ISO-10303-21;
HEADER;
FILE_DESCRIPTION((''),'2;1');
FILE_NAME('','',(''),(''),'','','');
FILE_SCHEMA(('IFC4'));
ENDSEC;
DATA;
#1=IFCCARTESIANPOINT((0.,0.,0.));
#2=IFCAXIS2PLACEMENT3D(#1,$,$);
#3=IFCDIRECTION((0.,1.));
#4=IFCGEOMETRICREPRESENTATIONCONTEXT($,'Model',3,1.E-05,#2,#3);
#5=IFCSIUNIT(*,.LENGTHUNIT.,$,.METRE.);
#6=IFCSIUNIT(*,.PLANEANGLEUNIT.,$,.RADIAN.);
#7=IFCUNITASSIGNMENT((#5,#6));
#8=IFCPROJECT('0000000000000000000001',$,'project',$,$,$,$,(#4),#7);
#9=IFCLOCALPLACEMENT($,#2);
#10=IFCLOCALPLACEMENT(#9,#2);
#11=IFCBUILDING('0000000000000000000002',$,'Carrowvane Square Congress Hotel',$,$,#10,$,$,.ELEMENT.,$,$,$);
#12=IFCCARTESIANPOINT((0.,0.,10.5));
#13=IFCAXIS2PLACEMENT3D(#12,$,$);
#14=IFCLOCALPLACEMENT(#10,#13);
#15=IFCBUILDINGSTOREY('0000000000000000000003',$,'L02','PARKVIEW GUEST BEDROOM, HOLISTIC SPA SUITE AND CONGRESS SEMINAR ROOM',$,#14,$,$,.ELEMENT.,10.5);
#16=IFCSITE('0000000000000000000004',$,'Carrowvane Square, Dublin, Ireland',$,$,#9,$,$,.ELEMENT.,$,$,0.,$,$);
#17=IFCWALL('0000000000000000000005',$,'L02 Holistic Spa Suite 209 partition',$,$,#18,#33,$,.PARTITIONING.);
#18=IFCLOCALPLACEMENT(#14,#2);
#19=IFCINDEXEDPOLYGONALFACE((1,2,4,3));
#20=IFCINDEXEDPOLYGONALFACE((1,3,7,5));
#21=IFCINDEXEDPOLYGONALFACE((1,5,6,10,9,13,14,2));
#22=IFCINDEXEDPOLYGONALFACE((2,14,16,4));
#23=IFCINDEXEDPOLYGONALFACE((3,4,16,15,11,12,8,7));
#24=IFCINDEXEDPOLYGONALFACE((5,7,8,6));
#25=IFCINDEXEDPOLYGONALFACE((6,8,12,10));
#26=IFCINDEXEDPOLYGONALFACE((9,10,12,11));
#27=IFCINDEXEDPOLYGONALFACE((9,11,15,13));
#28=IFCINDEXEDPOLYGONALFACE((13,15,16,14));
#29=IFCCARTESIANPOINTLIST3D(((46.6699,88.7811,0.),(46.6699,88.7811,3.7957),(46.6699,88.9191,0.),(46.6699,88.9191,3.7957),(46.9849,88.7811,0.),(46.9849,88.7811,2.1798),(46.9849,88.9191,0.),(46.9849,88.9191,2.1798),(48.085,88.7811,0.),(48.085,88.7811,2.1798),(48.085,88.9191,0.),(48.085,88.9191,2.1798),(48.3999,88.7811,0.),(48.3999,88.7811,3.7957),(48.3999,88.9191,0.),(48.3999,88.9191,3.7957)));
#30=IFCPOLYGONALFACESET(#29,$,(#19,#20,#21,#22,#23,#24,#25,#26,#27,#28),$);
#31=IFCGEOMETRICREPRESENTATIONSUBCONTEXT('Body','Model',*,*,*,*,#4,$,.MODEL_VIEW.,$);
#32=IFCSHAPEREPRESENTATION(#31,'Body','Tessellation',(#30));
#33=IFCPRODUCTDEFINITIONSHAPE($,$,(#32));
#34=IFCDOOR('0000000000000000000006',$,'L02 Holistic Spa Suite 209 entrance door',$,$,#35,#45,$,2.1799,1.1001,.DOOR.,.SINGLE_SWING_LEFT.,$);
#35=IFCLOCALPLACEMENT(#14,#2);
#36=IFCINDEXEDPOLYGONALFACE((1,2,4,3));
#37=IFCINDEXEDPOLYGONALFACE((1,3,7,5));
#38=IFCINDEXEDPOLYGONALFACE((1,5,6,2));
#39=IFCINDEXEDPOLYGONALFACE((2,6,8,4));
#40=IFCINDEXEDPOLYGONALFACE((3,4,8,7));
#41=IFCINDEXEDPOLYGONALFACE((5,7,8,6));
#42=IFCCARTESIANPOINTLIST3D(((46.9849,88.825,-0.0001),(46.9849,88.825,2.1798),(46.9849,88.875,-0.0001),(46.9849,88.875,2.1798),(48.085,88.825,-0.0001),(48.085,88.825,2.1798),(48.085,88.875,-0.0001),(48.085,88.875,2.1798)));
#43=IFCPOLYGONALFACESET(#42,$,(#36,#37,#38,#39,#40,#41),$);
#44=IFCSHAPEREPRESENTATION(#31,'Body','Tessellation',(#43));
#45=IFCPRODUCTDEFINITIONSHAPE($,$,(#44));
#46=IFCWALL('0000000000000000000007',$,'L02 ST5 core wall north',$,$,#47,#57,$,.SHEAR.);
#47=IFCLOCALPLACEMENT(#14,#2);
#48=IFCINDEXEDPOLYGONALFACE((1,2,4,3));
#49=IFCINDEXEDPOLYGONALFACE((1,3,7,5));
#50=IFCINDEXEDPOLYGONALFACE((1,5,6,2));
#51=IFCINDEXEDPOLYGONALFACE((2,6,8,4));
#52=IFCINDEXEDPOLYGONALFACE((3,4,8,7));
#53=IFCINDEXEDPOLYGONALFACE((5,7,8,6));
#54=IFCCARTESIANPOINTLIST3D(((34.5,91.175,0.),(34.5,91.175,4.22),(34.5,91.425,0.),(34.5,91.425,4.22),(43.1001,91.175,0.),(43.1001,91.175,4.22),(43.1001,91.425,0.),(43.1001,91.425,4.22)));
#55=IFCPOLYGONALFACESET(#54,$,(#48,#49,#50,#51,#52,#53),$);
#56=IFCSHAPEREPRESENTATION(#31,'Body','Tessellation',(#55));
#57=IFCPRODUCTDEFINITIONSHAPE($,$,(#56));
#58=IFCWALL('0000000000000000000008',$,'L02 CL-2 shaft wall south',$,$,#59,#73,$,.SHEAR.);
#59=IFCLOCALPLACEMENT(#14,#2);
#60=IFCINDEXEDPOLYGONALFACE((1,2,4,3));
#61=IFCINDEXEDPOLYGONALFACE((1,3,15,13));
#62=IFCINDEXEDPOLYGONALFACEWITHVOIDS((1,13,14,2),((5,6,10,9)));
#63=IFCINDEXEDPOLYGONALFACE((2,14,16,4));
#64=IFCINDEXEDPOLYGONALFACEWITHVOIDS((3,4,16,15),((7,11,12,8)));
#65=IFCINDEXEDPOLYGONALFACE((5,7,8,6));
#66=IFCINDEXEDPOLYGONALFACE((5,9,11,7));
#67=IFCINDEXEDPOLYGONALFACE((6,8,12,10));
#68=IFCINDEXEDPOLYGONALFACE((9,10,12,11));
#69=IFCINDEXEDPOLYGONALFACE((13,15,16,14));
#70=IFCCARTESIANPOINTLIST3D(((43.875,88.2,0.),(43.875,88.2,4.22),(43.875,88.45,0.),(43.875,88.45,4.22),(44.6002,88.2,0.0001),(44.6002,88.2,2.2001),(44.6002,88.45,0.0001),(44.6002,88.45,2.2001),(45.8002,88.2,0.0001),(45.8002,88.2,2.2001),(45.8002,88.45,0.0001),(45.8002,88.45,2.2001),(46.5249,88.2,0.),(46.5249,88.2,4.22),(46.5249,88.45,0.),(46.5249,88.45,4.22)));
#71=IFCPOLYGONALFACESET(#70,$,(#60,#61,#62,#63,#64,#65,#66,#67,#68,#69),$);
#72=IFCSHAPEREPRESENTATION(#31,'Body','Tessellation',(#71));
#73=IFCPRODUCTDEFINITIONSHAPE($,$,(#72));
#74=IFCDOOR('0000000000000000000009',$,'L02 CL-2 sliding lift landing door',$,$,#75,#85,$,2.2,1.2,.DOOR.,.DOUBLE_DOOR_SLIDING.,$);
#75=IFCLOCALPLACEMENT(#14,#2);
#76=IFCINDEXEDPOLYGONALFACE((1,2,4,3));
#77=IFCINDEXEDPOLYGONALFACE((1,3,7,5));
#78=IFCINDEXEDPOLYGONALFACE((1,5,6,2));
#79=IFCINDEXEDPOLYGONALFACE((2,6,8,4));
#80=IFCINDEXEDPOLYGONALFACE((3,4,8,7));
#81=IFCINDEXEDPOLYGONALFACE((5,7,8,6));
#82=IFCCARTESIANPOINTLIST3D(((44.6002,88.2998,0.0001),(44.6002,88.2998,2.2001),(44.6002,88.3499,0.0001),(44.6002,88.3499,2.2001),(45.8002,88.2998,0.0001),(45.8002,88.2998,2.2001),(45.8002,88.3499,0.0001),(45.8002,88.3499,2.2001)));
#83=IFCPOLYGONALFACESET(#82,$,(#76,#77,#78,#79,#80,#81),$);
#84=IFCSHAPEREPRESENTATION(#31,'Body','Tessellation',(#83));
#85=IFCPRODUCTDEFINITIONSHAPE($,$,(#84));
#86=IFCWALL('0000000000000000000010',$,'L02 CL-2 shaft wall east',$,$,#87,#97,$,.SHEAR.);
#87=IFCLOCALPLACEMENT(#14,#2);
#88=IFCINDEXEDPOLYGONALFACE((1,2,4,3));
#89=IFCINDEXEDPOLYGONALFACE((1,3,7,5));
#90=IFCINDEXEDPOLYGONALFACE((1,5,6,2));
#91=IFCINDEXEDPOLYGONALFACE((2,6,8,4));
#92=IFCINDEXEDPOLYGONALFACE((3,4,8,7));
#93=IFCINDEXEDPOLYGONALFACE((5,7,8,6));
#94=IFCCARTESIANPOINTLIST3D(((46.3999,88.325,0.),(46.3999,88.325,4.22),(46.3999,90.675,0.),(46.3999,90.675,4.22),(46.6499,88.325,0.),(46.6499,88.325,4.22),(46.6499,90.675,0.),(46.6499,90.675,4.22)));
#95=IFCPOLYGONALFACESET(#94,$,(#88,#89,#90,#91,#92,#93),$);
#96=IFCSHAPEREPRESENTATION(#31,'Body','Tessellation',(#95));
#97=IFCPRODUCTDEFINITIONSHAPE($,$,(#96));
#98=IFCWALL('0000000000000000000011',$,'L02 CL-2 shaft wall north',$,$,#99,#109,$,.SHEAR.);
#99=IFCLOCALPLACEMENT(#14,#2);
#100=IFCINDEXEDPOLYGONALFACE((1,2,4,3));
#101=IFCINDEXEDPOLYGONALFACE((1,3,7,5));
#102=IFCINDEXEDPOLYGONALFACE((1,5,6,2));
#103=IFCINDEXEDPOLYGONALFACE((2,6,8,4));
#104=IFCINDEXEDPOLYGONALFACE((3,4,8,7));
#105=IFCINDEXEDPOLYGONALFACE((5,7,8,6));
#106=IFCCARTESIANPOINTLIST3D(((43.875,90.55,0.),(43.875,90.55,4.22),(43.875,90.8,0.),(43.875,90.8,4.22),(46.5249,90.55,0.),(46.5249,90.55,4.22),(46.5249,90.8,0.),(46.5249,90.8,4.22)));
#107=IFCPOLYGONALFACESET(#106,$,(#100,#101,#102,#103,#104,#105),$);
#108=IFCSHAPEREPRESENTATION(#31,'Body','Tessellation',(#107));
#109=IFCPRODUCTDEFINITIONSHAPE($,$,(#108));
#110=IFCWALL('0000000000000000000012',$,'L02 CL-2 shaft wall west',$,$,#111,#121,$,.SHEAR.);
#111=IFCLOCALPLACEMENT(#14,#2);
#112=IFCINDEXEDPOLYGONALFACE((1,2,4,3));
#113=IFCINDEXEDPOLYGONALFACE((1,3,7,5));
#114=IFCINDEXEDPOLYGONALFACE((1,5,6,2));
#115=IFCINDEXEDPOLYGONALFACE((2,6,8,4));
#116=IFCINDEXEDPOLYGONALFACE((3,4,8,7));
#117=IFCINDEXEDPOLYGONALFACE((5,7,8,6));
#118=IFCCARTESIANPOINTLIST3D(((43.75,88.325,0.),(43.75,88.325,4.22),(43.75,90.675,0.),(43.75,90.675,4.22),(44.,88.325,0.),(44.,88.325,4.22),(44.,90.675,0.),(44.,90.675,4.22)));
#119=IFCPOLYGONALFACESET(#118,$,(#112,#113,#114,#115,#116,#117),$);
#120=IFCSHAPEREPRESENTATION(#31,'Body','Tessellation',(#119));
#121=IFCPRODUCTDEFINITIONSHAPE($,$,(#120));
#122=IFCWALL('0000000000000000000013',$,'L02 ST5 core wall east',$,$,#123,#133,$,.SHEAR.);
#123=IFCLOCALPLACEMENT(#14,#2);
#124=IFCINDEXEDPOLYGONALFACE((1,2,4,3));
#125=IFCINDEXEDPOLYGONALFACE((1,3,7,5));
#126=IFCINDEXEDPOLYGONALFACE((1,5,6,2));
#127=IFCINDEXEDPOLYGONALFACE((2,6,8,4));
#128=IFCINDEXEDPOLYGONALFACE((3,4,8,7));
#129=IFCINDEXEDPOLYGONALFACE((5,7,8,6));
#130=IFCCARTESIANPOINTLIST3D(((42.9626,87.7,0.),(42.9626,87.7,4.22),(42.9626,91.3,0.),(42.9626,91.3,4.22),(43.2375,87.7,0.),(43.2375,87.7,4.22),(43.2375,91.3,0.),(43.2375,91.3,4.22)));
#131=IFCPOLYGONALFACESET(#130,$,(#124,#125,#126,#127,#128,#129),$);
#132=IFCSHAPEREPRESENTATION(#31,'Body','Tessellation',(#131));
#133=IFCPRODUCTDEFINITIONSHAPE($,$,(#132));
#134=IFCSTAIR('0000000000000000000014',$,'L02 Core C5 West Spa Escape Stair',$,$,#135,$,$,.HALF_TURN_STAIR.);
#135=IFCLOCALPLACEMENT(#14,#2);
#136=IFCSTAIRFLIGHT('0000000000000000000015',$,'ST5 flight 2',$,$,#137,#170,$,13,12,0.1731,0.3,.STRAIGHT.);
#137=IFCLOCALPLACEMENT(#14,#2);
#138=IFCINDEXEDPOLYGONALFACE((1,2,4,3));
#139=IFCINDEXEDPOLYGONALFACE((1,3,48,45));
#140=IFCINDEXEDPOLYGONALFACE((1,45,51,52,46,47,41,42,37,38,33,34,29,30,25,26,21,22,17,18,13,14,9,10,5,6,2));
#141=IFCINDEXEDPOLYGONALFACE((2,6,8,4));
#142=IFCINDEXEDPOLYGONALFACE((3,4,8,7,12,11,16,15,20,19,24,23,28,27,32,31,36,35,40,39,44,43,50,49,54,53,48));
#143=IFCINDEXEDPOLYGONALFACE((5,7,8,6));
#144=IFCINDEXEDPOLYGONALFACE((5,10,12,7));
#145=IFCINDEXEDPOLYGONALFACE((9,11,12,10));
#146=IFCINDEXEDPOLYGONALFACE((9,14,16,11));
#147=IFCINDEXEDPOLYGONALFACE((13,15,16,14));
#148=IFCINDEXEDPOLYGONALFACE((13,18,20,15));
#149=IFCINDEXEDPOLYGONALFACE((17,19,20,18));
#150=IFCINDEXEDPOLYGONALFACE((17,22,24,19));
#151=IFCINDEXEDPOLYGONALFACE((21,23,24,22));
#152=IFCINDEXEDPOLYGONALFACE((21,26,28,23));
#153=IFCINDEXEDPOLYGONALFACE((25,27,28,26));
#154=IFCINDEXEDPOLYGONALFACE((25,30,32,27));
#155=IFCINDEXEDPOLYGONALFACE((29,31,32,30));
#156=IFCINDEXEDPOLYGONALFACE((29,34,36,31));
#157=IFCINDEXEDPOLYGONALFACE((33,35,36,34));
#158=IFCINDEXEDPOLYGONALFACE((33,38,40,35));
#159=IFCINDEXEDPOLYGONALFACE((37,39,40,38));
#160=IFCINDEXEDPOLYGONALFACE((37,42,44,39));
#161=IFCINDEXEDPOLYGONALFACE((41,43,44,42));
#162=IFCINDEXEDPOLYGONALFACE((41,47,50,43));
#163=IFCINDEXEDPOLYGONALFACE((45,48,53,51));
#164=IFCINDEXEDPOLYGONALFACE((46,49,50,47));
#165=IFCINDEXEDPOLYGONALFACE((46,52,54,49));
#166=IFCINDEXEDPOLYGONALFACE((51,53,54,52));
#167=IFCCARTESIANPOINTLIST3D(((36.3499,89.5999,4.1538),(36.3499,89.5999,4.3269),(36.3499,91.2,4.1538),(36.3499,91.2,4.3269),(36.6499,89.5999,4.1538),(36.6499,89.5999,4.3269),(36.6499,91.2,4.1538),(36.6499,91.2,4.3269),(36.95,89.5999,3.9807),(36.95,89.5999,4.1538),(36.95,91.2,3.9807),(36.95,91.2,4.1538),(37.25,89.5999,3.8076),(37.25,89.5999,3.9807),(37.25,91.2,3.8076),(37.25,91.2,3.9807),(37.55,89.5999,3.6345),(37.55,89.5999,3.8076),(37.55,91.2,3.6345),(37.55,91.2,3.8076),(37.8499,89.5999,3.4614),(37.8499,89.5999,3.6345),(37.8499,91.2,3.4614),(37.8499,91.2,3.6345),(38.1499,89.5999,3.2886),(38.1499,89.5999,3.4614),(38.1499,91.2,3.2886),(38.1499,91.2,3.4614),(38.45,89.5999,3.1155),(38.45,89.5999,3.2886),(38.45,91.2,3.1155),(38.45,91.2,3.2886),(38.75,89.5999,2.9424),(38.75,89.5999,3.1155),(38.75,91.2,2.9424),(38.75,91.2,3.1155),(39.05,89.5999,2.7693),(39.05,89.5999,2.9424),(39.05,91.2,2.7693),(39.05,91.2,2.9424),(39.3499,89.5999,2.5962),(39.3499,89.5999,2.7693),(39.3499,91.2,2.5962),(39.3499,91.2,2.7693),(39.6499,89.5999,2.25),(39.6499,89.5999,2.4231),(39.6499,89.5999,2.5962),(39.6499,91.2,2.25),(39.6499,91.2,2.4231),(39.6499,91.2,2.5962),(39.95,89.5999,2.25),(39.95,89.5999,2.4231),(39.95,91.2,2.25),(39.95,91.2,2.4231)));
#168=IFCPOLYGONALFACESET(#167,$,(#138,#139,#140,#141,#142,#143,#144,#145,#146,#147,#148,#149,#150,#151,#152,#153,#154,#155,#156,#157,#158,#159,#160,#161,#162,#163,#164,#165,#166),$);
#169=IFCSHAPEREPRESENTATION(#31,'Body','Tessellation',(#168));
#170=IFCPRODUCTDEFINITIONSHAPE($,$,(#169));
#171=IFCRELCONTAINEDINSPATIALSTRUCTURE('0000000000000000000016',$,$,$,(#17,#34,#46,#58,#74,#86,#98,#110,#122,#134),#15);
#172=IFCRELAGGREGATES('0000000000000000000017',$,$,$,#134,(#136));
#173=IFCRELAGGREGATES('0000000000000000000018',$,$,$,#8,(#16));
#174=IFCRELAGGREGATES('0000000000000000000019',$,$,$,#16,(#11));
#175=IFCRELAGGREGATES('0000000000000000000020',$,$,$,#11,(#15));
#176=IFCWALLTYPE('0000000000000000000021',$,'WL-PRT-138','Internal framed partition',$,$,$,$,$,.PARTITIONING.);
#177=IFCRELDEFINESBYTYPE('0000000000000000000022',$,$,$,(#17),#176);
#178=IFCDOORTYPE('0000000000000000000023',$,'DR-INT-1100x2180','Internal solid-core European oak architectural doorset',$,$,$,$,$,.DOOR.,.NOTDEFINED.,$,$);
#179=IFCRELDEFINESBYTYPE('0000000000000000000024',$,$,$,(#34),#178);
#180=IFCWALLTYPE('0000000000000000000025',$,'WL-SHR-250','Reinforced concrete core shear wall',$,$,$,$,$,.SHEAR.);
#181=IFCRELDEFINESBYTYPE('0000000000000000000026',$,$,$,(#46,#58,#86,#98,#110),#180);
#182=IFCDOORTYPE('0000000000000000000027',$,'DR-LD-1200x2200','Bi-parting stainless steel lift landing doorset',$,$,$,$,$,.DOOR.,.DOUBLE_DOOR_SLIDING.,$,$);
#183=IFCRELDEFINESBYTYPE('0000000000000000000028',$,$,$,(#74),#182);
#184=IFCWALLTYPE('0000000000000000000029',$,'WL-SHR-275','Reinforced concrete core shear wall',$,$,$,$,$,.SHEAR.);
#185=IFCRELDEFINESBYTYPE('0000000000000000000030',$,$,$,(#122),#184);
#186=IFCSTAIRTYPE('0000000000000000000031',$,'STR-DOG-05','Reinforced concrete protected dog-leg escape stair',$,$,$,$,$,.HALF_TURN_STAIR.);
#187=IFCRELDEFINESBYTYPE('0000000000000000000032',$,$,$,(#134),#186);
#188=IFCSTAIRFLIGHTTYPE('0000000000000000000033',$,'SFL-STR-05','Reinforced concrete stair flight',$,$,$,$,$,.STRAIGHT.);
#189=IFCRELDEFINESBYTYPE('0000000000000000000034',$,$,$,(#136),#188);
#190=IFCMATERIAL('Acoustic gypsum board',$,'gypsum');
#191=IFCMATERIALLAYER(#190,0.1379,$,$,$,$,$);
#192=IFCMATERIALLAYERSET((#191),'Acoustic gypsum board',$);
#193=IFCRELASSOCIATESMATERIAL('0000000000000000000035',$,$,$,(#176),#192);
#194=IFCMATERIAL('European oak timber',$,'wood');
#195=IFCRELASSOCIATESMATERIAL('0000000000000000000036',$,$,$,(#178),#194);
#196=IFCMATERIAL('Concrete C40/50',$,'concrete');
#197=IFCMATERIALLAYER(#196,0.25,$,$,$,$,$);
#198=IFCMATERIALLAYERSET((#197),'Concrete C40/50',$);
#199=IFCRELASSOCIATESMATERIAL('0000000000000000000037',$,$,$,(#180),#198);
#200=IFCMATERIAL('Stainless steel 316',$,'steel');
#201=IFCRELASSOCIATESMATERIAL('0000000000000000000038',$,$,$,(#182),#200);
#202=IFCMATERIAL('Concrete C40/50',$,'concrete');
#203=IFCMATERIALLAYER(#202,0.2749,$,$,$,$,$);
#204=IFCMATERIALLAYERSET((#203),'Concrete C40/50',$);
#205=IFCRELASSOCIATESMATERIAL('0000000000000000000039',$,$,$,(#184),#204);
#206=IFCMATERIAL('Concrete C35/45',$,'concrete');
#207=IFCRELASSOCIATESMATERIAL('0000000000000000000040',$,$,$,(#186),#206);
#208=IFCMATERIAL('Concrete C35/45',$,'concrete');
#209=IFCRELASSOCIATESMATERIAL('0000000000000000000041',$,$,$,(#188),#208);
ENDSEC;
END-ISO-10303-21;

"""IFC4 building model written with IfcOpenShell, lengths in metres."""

from ifc_helpers import new_model, si_unit, direction, frame, frame_2d, origin, place, context, subcontext, project, spatial, polyline, rectangle, outline, extrude, material, layer, layer_set, type_object, element, fill, aggregate, save


model = new_model("IFC4")

# Units and contexts
model_context = context("Model", 3, precision=1e-05, world=origin(), true_north=direction((0.0, 1.0)))
body_context = subcontext(model_context, "Body", "Model", "MODEL_VIEW")
ifc_project = project(units=[si_unit("LENGTHUNIT", "METRE"), si_unit("PLANEANGLEUNIT", "RADIAN")], contexts=[model_context])

# Site, building, storey
site_placement = place(None, origin())
site = spatial("IfcSite", under=ifc_project, at=site_placement, Name="Carrowvane Square, Dublin, Ireland", CompositionType="ELEMENT", RefElevation=0.0)
building_placement = place(site_placement, origin())
building = spatial("IfcBuilding", under=site, at=building_placement, Name="Carrowvane Square Congress Hotel", CompositionType="ELEMENT")
storey_placement = place(building_placement, frame((0.0, 0.0, 10.5)))
storey = spatial("IfcBuildingStorey", under=building, at=storey_placement, Name="L02", Description="PARKVIEW GUEST BEDROOM, HOLISTIC SPA SUITE AND CONGRESS SEMINAR ROOM", CompositionType="ELEMENT", Elevation=10.5)

# Wall, opening, door
ifc_material_1 = material(Name="Acoustic gypsum board", Category="gypsum")
ifc_layer_1 = layer(ifc_material_1, 0.1379)
ifc_layer_set_1 = layer_set([ifc_layer_1], Name="Acoustic gypsum board")
wall_type_1 = type_object("IfcWallType", Name="WL-PRT-138", Description="Internal framed partition", PredefinedType="PARTITIONING", material=ifc_layer_set_1)
wall_1_placement = place(storey_placement, frame((46.6699, 88.8501, 0.0), z_axis=(0.0, 0.0, 1.0), x_axis=(1.0, 0.0, 0.0)))
wall_1 = element("IfcWall", 1, at=wall_1_placement, inside=storey, type_object=wall_type_1, Name="L02 Holistic Spa Suite 209 partition", PredefinedType="PARTITIONING", context=body_context, shape_type="SweptSolid", body=[
    extrude(rectangle(XDim=1.73, YDim=0.1379, at=frame_2d((0.865, 0.0))), origin(), (0.0, 0.0, 1.0), 3.7957),
])
opening_1_placement = place(wall_1_placement, frame((0.3149, 0.0, 0.0)))
opening_1 = element("IfcOpeningElement", 2, at=opening_1_placement, cuts=wall_1, PredefinedType="OPENING", context=body_context, shape_type="SweptSolid", body=[
    extrude(rectangle(XDim=1.1001, YDim=2.1799, at=frame_2d((0.55, 1.0898))), frame((0.0, 0.0789, 0.0), z_axis=(0.0, -1.0, 0.0), x_axis=(1.0, 0.0, 0.0)), (0.0, 0.0, 1.0), 0.158),
])
ifc_material_2 = material(Name="European oak timber", Category="wood")
door_type_1 = type_object("IfcDoorType", Name="DR-INT-1100x2180", Description="Internal solid-core European oak architectural doorset", OperationType="NOTDEFINED", PredefinedType="DOOR", material=ifc_material_2)
door_1_placement = place(opening_1_placement, origin())
door_1 = element("IfcDoor", 3, at=door_1_placement, inside=storey, type_object=door_type_1, Name="L02 Holistic Spa Suite 209 entrance door", OperationType="SINGLE_SWING_LEFT", OverallHeight=2.1799, OverallWidth=1.1001, PredefinedType="DOOR", context=body_context, shape_type="SweptSolid", body=[
    extrude(rectangle(XDim=1.1001, YDim=2.1799, at=frame_2d((0.55, 1.0898))), frame((0.0, 0.0249, 0.0), z_axis=(0.0, -1.0, 0.0), x_axis=(1.0, 0.0, 0.0)), (0.0, 0.0, 1.0), 0.05),
])
fill(opening_1, door_1)

# Wall
ifc_material_3 = material(Name="Concrete C40/50", Category="concrete")
ifc_layer_2 = layer(ifc_material_3, 0.25)
ifc_layer_set_2 = layer_set([ifc_layer_2], Name="Concrete C40/50")
wall_type_2 = type_object("IfcWallType", Name="WL-SHR-250", Description="Reinforced concrete core shear wall", PredefinedType="SHEAR", material=ifc_layer_set_2)
wall_2_placement = place(storey_placement, frame((43.1001, 91.3, 0.0), z_axis=(0.0, 0.0, 1.0), x_axis=(-1.0, 0.0, 0.0)))
element("IfcWall", 4, at=wall_2_placement, inside=storey, type_object=wall_type_2, Name="L02 ST5 core wall north", PredefinedType="SHEAR", context=body_context, shape_type="SweptSolid", body=[
    extrude(rectangle(XDim=8.6001, YDim=0.25, at=frame_2d((4.3, 0.0))), origin(), (0.0, 0.0, 1.0), 4.22),
])

# Wall, opening, door
wall_3_placement = place(storey_placement, frame((43.875, 88.325, 0.0), z_axis=(0.0, 0.0, 1.0), x_axis=(1.0, 0.0, 0.0)))
wall_3 = element("IfcWall", 5, at=wall_3_placement, inside=storey, type_object=wall_type_2, Name="L02 CL-2 shaft wall south", PredefinedType="SHEAR", context=body_context, shape_type="SweptSolid", body=[
    extrude(rectangle(XDim=2.6499, YDim=0.25, at=frame_2d((1.325, 0.0))), origin(), (0.0, 0.0, 1.0), 4.22),
])
opening_2_placement = place(wall_3_placement, frame((0.7251, 0.0, 0.0)))
opening_2 = element("IfcOpeningElement", 6, at=opening_2_placement, cuts=wall_3, PredefinedType="OPENING", context=body_context, shape_type="SweptSolid", body=[
    extrude(rectangle(XDim=1.2, YDim=2.2, at=frame_2d((0.6001, 1.1001))), frame((0.0, 0.135, 0.0), z_axis=(0.0, -1.0, 0.0), x_axis=(1.0, 0.0, 0.0)), (0.0, 0.0, 1.0), 0.27),
])
ifc_material_4 = material(Name="Stainless steel 316", Category="steel")
door_type_2 = type_object("IfcDoorType", Name="DR-LD-1200x2200", Description="Bi-parting stainless steel lift landing doorset", OperationType="DOUBLE_DOOR_SLIDING", PredefinedType="DOOR", material=ifc_material_4)
door_2_placement = place(opening_2_placement, origin())
door_2 = element("IfcDoor", 7, at=door_2_placement, inside=storey, type_object=door_type_2, Name="L02 CL-2 sliding lift landing door", OperationType="DOUBLE_DOOR_SLIDING", OverallHeight=2.2, OverallWidth=1.2, PredefinedType="DOOR", context=body_context, shape_type="SweptSolid", body=[
    extrude(rectangle(XDim=1.2, YDim=2.2, at=frame_2d((0.6001, 1.1001))), frame((0.0, 0.0249, 0.0), z_axis=(0.0, -1.0, 0.0), x_axis=(1.0, 0.0, 0.0)), (0.0, 0.0, 1.0), 0.05),
])
fill(opening_2, door_2)

# Walls
wall_4_placement = place(storey_placement, frame((46.5249, 88.325, 0.0), z_axis=(0.0, 0.0, 1.0), x_axis=(0.0, 1.0, 0.0)))
element("IfcWall", 8, at=wall_4_placement, inside=storey, type_object=wall_type_2, Name="L02 CL-2 shaft wall east", PredefinedType="SHEAR", context=body_context, shape_type="SweptSolid", body=[
    extrude(rectangle(XDim=2.3501, YDim=0.25, at=frame_2d((1.175, 0.0))), origin(), (0.0, 0.0, 1.0), 4.22),
])
wall_5_placement = place(storey_placement, frame((46.5249, 90.675, 0.0), z_axis=(0.0, 0.0, 1.0), x_axis=(-1.0, 0.0, 0.0)))
element("IfcWall", 9, at=wall_5_placement, inside=storey, type_object=wall_type_2, Name="L02 CL-2 shaft wall north", PredefinedType="SHEAR", context=body_context, shape_type="SweptSolid", body=[
    extrude(rectangle(XDim=2.6499, YDim=0.25, at=frame_2d((1.325, 0.0))), origin(), (0.0, 0.0, 1.0), 4.22),
])
wall_6_placement = place(storey_placement, frame((43.875, 90.675, 0.0), z_axis=(0.0, 0.0, 1.0), x_axis=(0.0, -1.0, 0.0)))
element("IfcWall", 10, at=wall_6_placement, inside=storey, type_object=wall_type_2, Name="L02 CL-2 shaft wall west", PredefinedType="SHEAR", context=body_context, shape_type="SweptSolid", body=[
    extrude(rectangle(XDim=2.3501, YDim=0.25, at=frame_2d((1.175, 0.0))), origin(), (0.0, 0.0, 1.0), 4.22),
])
ifc_material_5 = material(Name="Concrete C40/50", Category="concrete")
ifc_layer_3 = layer(ifc_material_5, 0.2749)
ifc_layer_set_3 = layer_set([ifc_layer_3], Name="Concrete C40/50")
wall_type_3 = type_object("IfcWallType", Name="WL-SHR-275", Description="Reinforced concrete core shear wall", PredefinedType="SHEAR", material=ifc_layer_set_3)
wall_7_placement = place(storey_placement, frame((43.1001, 87.7, 0.0), z_axis=(0.0, 0.0, 1.0), x_axis=(0.0, 1.0, 0.0)))
element("IfcWall", 11, at=wall_7_placement, inside=storey, type_object=wall_type_3, Name="L02 ST5 core wall east", PredefinedType="SHEAR", context=body_context, shape_type="SweptSolid", body=[
    extrude(rectangle(XDim=3.6001, YDim=0.2749, at=frame_2d((1.8, 0.0))), origin(), (0.0, 0.0, 1.0), 4.22),
])

# Stair, stair flight
ifc_material_6 = material(Name="Concrete C35/45", Category="concrete")
stair_type = type_object("IfcStairType", Name="STR-DOG-05", Description="Reinforced concrete protected dog-leg escape stair", PredefinedType="HALF_TURN_STAIR", material=ifc_material_6)
stair_placement = place(storey_placement, origin())
stair = element("IfcStair", 12, at=stair_placement, inside=storey, type_object=stair_type, Name="L02 Core C5 West Spa Escape Stair", PredefinedType="HALF_TURN_STAIR")
ifc_material_7 = material(Name="Concrete C35/45", Category="concrete")
stair_flight_type = type_object("IfcStairFlightType", Name="SFL-STR-05", Description="Reinforced concrete stair flight", PredefinedType="STRAIGHT", material=ifc_material_7)
stair_flight_placement = place(storey_placement, frame((39.95, 90.3999, 2.25), z_axis=(0.0, 0.0, 1.0), x_axis=(-1.0, 0.0, 0.0)))
stair_flight = element("IfcStairFlight", 13, at=stair_flight_placement, type_object=stair_flight_type, Name="ST5 flight 2", NumberOfRisers=13, NumberOfTreads=12, PredefinedType="STRAIGHT", RiserHeight=0.1731, TreadLength=0.3, context=body_context, shape_type="SweptSolid", body=[
    extrude(outline(polyline([(0.0, 0.0), (0.0, 0.1731), (0.3, 0.1731), (0.3, 0.3462), (0.6001, 0.3462), (0.6001, 0.5193), (0.8999, 0.5193), (0.8999, 0.6924), (1.2, 0.6924), (1.2, 0.8655), (1.5, 0.8655), (1.5, 1.0386), (1.8, 1.0386), (1.8, 1.2114), (2.1001, 1.2114), (2.1001, 1.3845), (2.3999, 1.3845), (2.3999, 1.5576), (2.7, 1.5576), (2.7, 1.7307), (3.0, 1.7307), (3.0, 1.9038), (3.3, 1.9038), (3.3, 2.0769), (3.6001, 2.0769), (3.6001, 2.25), (3.6001, 1.9038), (0.3, 0.0), (0.0, 0.0)])), frame((0.0, 0.8, 0.0), z_axis=(0.0, -1.0, 0.0), x_axis=(1.0, 0.0, 0.0)), (0.0, 0.0, 1.0), 1.6001),
])
aggregate(stair, [stair_flight])

save(model, "model.ifc")
